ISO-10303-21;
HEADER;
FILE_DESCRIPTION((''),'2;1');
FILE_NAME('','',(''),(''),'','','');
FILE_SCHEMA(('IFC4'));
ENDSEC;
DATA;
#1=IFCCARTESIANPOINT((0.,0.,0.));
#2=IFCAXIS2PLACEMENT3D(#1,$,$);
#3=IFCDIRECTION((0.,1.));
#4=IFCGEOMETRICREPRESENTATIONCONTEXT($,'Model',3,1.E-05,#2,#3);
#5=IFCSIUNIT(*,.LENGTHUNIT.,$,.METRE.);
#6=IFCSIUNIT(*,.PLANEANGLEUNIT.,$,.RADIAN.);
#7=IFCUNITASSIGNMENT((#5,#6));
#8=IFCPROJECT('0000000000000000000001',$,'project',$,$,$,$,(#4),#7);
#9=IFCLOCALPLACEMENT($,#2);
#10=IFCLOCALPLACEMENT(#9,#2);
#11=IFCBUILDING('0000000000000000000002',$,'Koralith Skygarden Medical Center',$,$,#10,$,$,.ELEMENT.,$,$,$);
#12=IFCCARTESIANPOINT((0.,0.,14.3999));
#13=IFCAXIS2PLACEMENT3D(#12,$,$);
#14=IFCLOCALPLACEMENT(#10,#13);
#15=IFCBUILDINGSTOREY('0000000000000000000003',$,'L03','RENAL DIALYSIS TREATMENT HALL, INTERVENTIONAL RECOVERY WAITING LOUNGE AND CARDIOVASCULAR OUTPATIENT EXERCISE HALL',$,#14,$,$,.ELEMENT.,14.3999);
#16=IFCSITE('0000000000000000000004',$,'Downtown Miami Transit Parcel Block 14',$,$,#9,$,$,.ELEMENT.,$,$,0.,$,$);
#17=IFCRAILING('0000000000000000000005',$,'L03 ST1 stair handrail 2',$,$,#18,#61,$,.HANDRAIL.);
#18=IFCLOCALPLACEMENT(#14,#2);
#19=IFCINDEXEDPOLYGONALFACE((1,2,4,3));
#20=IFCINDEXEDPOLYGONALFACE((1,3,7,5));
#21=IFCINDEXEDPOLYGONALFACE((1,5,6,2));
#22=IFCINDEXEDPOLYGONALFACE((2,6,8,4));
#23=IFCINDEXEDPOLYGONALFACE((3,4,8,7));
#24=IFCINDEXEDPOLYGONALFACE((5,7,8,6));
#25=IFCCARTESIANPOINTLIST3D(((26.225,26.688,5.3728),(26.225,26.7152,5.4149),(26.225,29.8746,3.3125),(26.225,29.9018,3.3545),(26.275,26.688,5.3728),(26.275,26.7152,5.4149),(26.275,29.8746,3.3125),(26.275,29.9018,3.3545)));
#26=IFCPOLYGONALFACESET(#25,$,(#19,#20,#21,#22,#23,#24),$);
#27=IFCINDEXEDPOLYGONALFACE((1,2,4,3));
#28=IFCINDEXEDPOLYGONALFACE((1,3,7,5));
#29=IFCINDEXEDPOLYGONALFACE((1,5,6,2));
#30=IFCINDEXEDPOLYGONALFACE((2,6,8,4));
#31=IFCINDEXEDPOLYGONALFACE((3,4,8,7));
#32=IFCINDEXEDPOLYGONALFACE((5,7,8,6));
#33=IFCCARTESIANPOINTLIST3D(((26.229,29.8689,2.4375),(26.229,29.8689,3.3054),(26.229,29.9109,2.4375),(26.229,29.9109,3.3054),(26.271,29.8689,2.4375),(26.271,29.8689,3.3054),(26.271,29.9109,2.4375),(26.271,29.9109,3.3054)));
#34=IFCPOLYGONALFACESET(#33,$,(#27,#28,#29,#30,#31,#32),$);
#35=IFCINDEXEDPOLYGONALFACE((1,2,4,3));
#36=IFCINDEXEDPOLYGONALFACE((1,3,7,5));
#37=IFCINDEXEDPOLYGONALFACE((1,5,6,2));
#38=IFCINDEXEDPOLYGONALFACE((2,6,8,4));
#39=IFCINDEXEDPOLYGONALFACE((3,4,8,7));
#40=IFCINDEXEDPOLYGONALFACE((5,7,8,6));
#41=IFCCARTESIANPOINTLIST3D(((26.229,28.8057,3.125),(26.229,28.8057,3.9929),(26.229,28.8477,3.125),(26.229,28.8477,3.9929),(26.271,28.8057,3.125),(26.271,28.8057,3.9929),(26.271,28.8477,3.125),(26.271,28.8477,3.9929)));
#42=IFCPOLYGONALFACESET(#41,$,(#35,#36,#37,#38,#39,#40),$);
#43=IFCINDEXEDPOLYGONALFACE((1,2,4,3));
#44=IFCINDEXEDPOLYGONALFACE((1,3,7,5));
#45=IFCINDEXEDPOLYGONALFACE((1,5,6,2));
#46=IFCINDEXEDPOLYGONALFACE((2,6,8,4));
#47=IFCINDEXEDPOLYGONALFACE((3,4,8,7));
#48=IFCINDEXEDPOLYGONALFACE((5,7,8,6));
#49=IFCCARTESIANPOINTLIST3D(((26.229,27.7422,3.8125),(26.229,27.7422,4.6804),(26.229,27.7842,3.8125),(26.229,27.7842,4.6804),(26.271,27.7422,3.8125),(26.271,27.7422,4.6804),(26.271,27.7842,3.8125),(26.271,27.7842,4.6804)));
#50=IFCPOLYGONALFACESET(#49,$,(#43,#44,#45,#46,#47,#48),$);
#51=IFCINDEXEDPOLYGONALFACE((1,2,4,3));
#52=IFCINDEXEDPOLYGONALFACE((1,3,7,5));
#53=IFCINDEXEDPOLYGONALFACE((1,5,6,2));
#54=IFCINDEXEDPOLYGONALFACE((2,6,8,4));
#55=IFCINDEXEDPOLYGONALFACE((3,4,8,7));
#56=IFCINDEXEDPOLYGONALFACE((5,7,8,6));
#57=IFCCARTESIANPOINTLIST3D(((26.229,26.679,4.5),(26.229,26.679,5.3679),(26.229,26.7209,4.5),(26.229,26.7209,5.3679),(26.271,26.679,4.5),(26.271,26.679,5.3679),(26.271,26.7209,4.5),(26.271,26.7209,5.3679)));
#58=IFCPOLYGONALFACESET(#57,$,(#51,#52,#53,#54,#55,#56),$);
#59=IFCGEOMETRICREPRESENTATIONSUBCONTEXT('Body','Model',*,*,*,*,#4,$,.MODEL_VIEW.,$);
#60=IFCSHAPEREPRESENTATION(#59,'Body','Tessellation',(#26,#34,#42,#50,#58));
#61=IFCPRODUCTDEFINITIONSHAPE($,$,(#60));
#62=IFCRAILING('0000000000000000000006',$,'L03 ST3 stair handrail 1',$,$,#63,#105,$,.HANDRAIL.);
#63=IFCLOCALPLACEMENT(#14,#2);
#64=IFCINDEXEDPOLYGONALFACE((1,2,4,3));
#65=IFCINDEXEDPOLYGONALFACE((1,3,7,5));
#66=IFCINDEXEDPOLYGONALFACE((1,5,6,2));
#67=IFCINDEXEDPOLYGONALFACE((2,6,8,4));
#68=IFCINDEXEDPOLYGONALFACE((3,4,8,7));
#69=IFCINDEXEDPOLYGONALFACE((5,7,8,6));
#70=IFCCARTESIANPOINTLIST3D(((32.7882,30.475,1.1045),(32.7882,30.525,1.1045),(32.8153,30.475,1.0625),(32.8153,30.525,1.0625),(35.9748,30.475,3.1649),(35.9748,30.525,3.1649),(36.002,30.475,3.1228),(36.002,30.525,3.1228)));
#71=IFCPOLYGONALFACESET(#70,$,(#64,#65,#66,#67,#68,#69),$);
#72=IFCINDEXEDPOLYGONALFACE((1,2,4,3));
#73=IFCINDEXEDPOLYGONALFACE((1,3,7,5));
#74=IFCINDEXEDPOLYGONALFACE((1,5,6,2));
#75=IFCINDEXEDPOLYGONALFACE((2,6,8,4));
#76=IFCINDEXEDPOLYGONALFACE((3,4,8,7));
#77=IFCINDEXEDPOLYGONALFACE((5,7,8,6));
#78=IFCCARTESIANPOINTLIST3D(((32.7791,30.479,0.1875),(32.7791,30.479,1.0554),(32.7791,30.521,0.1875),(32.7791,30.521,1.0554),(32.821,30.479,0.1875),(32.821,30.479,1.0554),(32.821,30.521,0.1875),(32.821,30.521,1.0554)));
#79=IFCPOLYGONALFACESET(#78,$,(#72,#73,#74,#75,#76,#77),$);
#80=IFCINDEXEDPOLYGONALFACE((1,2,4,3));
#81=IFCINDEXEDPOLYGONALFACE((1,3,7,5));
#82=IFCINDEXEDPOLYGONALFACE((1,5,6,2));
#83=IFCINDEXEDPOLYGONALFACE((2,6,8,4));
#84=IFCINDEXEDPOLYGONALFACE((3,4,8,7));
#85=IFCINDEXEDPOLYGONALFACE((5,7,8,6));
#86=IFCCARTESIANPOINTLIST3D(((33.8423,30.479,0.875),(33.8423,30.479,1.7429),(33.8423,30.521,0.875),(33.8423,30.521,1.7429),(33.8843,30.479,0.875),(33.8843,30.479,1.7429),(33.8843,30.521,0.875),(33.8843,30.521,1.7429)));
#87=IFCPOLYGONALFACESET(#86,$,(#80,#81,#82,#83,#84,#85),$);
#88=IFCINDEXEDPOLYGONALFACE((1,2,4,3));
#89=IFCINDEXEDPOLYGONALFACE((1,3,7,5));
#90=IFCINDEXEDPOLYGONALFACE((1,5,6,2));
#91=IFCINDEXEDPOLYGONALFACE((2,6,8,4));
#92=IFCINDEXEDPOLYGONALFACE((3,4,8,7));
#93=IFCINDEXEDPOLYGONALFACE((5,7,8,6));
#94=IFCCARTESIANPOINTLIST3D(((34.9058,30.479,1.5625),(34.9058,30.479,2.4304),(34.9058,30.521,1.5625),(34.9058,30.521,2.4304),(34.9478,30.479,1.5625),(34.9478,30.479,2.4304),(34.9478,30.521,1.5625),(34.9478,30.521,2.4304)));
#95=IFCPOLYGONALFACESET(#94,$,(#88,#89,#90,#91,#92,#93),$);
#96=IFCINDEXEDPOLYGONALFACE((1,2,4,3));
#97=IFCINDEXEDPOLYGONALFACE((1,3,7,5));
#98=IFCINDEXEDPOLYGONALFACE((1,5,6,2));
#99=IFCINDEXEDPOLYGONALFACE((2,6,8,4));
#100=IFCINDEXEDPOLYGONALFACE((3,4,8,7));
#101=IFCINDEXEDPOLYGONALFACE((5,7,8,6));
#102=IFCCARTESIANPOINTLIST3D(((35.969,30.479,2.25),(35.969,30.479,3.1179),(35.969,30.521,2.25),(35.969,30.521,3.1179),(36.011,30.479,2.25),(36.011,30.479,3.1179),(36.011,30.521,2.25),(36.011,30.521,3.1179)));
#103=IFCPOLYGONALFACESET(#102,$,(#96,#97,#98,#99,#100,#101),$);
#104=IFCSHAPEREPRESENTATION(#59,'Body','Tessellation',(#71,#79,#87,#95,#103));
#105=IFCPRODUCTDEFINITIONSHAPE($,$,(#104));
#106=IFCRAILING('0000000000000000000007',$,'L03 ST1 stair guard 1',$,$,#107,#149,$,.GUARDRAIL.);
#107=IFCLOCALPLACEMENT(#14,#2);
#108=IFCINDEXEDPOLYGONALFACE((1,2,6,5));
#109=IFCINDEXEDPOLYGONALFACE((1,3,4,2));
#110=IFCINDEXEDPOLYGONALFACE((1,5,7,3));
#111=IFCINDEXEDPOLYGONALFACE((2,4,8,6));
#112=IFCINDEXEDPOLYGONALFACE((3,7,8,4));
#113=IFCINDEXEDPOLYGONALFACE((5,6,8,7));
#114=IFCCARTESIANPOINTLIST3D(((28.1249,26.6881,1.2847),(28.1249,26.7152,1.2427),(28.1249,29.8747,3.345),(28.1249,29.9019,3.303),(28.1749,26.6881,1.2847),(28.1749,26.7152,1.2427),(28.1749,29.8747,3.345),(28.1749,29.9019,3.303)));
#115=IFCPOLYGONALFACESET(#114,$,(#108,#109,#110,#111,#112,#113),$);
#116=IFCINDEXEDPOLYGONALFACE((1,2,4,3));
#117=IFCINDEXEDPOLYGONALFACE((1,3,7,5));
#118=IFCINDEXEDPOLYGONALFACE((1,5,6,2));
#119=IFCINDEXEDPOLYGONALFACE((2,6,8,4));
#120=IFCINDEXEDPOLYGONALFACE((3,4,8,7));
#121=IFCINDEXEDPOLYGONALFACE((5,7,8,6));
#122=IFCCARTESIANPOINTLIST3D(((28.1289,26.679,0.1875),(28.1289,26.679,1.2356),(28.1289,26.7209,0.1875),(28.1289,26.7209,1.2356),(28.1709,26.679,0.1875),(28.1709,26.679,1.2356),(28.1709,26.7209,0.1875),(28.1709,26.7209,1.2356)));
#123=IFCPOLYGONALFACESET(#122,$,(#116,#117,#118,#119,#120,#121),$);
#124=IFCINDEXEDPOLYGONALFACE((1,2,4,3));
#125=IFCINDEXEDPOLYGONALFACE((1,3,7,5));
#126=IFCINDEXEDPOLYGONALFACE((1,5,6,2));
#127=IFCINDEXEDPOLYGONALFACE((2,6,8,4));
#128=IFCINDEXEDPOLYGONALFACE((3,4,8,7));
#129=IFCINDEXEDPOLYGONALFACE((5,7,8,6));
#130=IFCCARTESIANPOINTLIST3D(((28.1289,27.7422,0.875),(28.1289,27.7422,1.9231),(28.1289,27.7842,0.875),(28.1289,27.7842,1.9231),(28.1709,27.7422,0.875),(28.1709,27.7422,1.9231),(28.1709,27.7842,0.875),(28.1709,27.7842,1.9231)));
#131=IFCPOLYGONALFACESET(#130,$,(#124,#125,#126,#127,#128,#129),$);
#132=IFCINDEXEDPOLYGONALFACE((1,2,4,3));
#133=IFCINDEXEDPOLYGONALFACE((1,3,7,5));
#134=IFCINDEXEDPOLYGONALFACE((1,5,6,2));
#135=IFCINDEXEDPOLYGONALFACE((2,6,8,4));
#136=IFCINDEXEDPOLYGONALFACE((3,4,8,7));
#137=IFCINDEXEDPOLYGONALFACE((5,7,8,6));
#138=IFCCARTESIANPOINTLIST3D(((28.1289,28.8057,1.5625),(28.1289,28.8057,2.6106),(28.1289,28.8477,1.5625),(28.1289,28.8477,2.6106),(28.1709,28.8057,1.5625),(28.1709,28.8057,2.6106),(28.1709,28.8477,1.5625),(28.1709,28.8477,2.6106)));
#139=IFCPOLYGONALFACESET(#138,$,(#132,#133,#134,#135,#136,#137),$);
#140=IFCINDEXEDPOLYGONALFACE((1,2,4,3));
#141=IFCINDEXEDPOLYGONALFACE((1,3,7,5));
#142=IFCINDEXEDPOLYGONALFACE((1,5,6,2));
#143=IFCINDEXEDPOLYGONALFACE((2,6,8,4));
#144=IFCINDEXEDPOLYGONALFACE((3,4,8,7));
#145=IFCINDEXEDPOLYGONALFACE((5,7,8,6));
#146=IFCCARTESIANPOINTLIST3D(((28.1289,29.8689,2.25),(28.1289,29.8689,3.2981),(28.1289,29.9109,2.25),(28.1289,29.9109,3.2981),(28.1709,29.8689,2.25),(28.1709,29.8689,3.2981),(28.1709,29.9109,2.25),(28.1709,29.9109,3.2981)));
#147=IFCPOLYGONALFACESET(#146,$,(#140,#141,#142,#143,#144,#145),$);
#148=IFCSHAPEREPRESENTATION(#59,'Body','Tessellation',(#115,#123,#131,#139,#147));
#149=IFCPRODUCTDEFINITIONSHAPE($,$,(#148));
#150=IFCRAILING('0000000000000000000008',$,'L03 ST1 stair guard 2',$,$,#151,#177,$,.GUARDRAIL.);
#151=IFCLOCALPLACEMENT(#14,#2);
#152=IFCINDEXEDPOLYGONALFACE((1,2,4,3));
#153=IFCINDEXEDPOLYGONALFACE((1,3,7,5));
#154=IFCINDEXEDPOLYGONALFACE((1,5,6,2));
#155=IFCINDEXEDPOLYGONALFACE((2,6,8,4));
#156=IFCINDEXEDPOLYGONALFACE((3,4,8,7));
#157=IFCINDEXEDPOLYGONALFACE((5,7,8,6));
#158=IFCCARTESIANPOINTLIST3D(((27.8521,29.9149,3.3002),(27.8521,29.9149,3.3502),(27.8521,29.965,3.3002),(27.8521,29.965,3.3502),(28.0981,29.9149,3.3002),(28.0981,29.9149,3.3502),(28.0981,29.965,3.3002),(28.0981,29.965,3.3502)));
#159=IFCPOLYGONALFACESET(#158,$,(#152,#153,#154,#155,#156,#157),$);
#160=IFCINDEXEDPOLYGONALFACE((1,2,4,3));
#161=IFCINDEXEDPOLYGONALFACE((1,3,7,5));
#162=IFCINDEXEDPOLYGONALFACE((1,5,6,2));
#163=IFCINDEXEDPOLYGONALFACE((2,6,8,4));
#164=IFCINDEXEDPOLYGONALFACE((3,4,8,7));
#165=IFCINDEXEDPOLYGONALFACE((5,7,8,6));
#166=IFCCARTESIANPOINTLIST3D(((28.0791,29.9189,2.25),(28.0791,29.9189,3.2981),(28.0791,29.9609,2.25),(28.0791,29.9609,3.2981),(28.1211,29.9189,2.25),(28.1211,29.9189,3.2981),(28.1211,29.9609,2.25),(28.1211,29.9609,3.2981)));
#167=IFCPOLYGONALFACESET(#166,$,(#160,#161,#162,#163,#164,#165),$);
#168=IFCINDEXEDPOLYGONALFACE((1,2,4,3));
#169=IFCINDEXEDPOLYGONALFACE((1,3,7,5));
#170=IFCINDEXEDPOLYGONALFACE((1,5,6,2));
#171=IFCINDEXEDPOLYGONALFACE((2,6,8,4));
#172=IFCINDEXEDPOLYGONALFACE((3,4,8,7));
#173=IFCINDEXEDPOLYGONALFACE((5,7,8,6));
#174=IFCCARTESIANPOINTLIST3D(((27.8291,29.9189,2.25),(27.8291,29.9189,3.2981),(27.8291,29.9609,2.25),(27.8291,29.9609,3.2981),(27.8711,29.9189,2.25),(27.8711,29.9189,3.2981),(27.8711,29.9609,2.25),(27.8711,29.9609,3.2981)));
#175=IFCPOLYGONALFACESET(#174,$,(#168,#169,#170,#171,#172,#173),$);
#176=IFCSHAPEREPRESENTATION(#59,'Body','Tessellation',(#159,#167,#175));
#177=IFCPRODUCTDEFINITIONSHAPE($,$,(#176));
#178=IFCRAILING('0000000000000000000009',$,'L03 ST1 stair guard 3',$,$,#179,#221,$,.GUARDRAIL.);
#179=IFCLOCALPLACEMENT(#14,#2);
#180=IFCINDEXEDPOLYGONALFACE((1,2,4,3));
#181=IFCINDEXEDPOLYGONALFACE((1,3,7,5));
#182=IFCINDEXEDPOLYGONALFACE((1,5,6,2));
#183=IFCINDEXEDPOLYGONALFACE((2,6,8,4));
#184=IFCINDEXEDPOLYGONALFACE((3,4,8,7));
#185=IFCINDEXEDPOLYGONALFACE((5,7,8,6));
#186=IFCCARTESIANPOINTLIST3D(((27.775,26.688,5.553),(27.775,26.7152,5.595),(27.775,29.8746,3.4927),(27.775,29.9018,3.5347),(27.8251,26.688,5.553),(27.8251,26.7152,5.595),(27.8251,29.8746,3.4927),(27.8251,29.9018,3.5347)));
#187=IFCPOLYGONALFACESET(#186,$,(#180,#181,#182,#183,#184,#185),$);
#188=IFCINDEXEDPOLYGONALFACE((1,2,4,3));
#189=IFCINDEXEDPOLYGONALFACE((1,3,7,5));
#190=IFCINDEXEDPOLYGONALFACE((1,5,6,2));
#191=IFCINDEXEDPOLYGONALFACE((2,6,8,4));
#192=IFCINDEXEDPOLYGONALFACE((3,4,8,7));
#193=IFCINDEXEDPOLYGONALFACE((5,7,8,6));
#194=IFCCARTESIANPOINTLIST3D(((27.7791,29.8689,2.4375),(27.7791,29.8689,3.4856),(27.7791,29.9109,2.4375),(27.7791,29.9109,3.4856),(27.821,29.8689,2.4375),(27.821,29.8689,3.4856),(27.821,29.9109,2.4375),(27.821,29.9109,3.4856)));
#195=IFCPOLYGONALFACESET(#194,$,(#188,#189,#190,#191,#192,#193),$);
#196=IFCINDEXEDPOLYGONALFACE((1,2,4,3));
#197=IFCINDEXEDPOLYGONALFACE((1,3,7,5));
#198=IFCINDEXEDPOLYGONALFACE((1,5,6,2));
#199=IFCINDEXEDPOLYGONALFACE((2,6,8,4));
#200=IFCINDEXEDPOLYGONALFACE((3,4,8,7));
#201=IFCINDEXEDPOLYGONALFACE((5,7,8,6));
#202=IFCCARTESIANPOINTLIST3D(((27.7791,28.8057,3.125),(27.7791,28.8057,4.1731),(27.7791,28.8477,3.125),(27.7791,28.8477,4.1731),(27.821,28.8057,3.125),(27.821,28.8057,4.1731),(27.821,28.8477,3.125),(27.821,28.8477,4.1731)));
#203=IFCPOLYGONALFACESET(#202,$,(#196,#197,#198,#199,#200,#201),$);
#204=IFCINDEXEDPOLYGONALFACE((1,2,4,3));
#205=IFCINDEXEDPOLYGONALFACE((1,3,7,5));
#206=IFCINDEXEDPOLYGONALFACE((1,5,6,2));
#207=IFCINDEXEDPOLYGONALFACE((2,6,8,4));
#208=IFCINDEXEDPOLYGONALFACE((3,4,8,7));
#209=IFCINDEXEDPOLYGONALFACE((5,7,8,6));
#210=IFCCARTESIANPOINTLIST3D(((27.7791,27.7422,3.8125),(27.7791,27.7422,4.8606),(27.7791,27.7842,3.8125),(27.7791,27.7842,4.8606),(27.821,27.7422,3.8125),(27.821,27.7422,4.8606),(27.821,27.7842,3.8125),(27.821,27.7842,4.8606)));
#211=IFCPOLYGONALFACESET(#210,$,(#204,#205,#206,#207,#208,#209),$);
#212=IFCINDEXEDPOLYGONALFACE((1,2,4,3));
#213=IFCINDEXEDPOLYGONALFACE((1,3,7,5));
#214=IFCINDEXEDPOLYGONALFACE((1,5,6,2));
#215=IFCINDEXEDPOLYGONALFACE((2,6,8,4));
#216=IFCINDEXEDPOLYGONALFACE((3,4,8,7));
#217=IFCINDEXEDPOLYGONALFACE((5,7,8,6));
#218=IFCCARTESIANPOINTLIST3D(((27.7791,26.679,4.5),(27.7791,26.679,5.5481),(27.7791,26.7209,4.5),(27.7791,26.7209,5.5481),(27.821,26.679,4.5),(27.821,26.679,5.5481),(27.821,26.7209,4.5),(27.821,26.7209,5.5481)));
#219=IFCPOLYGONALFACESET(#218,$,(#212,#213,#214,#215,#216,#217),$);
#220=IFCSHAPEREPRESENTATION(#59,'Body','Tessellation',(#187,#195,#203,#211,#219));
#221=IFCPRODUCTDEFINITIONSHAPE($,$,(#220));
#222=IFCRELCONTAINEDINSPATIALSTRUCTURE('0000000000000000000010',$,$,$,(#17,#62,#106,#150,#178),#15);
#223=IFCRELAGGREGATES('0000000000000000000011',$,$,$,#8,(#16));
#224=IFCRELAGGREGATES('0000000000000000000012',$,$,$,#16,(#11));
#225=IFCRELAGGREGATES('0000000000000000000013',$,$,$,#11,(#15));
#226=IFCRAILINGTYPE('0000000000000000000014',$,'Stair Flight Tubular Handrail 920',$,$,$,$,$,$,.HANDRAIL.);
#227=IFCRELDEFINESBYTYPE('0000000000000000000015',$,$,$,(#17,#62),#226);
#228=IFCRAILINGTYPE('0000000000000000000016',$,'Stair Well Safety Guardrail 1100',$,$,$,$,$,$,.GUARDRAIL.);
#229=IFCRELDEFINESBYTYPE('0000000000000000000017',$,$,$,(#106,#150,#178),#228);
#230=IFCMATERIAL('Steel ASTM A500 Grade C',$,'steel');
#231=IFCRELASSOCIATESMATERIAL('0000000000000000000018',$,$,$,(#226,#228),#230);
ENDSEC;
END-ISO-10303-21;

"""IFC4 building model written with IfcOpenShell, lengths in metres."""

from ifc_helpers import new_model, si_unit, direction, frame, origin, origin_2d, place, context, subcontext, project, spatial, rectangle, extrude, material, type_object, element, save


model = new_model("IFC4")

# Units and contexts
model_context = context("Model", 3, precision=1e-05, world=origin(), true_north=direction((0.0, 1.0)))
body_context = subcontext(model_context, "Body", "Model", "MODEL_VIEW")
ifc_project = project(units=[si_unit("LENGTHUNIT", "METRE"), si_unit("PLANEANGLEUNIT", "RADIAN")], contexts=[model_context])

# Site, building, storey
site_placement = place(None, origin())
site = spatial("IfcSite", under=ifc_project, at=site_placement, Name="Downtown Miami Transit Parcel Block 14", CompositionType="ELEMENT", RefElevation=0.0)
building_placement = place(site_placement, origin())
building = spatial("IfcBuilding", under=site, at=building_placement, Name="Koralith Skygarden Medical Center", CompositionType="ELEMENT")
storey_placement = place(building_placement, frame((0.0, 0.0, 14.3999)))
storey = spatial("IfcBuildingStorey", under=building, at=storey_placement, Name="L03", Description="RENAL DIALYSIS TREATMENT HALL, INTERVENTIONAL RECOVERY WAITING LOUNGE AND CARDIOVASCULAR OUTPATIENT EXERCISE HALL", CompositionType="ELEMENT", Elevation=14.3999)

# Railings
ifc_material_1 = material(Name="Steel ASTM A500 Grade C", Category="steel")
railing_type_1 = type_object("IfcRailingType", Name="Stair Flight Tubular Handrail 920", PredefinedType="HANDRAIL", material=ifc_material_1)
railing_1_placement = place(storey_placement, frame((26.25, 29.8899, 2.4375)))
element("IfcRailing", 1, at=railing_1_placement, inside=storey, type_object=railing_type_1, Name="L03 ST1 stair handrail 2", PredefinedType="HANDRAIL", context=body_context, shape_type="SweptSolid", body=[
    extrude(rectangle(XDim=0.05, YDim=0.05, at=origin_2d()), frame((0.0, -0.0017, 0.896), z_axis=(0.0, -0.83976, 0.542958), x_axis=(1.0, 0.0, 0.0)), (0.0, 0.0, 1.0), 3.7947),
    extrude(rectangle(XDim=0.042, YDim=0.042, at=origin_2d()), origin(), (0.0, 0.0, 1.0), 0.8679),
    extrude(rectangle(XDim=0.042, YDim=0.042, at=origin_2d()), frame((0.0, -1.0632, 0.6875)), (0.0, 0.0, 1.0), 0.8679),
    extrude(rectangle(XDim=0.042, YDim=0.042, at=origin_2d()), frame((0.0, -2.1267, 1.375)), (0.0, 0.0, 1.0), 0.8679),
    extrude(rectangle(XDim=0.042, YDim=0.042, at=origin_2d()), frame((0.0, -3.1899, 2.0625)), (0.0, 0.0, 1.0), 0.8679),
])
railing_2_placement = place(storey_placement, frame((32.8, 30.5, 0.1875)))
element("IfcRailing", 2, at=railing_2_placement, inside=storey, type_object=railing_type_1, Name="L03 ST3 stair handrail 1", PredefinedType="HANDRAIL", context=body_context, shape_type="SweptSolid", body=[
    extrude(rectangle(XDim=0.05, YDim=0.05, at=origin_2d()), frame((0.0017, 0.0, 0.896), z_axis=(0.83976, 0.0, 0.542958), x_axis=(0.0, 1.0, 0.0)), (0.0, 0.0, 1.0), 3.7947),
    extrude(rectangle(XDim=0.042, YDim=0.042, at=origin_2d()), origin(), (0.0, 0.0, 1.0), 0.8679),
    extrude(rectangle(XDim=0.042, YDim=0.042, at=origin_2d()), frame((1.0632, 0.0, 0.6875)), (0.0, 0.0, 1.0), 0.8679),
    extrude(rectangle(XDim=0.042, YDim=0.042, at=origin_2d()), frame((2.1267, 0.0, 1.375)), (0.0, 0.0, 1.0), 0.8679),
    extrude(rectangle(XDim=0.042, YDim=0.042, at=origin_2d()), frame((3.1899, 0.0, 2.0625)), (0.0, 0.0, 1.0), 0.8679),
])
railing_type_2 = type_object("IfcRailingType", Name="Stair Well Safety Guardrail 1100", PredefinedType="GUARDRAIL", material=ifc_material_1)
railing_3_placement = place(storey_placement, frame((28.1499, 26.7, 0.1875)))
element("IfcRailing", 3, at=railing_3_placement, inside=storey, type_object=railing_type_2, Name="L03 ST1 stair guard 1", PredefinedType="GUARDRAIL", context=body_context, shape_type="SweptSolid", body=[
    extrude(rectangle(XDim=0.05, YDim=0.05, at=origin_2d()), frame((0.0, 0.0017, 1.0762), z_axis=(0.0, 0.83976, 0.542958), x_axis=(-1.0, 0.0, 0.0)), (0.0, 0.0, 1.0), 3.7947),
    extrude(rectangle(XDim=0.042, YDim=0.042, at=origin_2d()), origin(), (0.0, 0.0, 1.0), 1.0481),
    extrude(rectangle(XDim=0.042, YDim=0.042, at=origin_2d()), frame((0.0, 1.0632, 0.6875)), (0.0, 0.0, 1.0), 1.0481),
    extrude(rectangle(XDim=0.042, YDim=0.042, at=origin_2d()), frame((0.0, 2.1267, 1.375)), (0.0, 0.0, 1.0), 1.0481),
    extrude(rectangle(XDim=0.042, YDim=0.042, at=origin_2d()), frame((0.0, 3.1899, 2.0625)), (0.0, 0.0, 1.0), 1.0481),
])
railing_4_placement = place(storey_placement, frame((28.1001, 29.9399, 2.25)))
element("IfcRailing", 4, at=railing_4_placement, inside=storey, type_object=railing_type_2, Name="L03 ST1 stair guard 2", PredefinedType="GUARDRAIL", context=body_context, shape_type="SweptSolid", body=[
    extrude(rectangle(XDim=0.05, YDim=0.05, at=origin_2d()), frame((-0.002, 0.0, 1.0752), z_axis=(-1.0, 0.0, 0.0), x_axis=(0.0, -1.0, 0.0)), (0.0, 0.0, 1.0), 0.2461),
    extrude(rectangle(XDim=0.042, YDim=0.042, at=origin_2d()), origin(), (0.0, 0.0, 1.0), 1.0481),
    extrude(rectangle(XDim=0.042, YDim=0.042, at=origin_2d()), frame((-0.25, 0.0, 0.0)), (0.0, 0.0, 1.0), 1.0481),
])
railing_5_placement = place(storey_placement, frame((27.8, 29.8899, 2.4375)))
element("IfcRailing", 5, at=railing_5_placement, inside=storey, type_object=railing_type_2, Name="L03 ST1 stair guard 3", PredefinedType="GUARDRAIL", context=body_context, shape_type="SweptSolid", body=[
    extrude(rectangle(XDim=0.05, YDim=0.05, at=origin_2d()), frame((0.0, -0.0017, 1.0762), z_axis=(0.0, -0.83976, 0.542958), x_axis=(1.0, 0.0, 0.0)), (0.0, 0.0, 1.0), 3.7947),
    extrude(rectangle(XDim=0.042, YDim=0.042, at=origin_2d()), origin(), (0.0, 0.0, 1.0), 1.0481),
    extrude(rectangle(XDim=0.042, YDim=0.042, at=origin_2d()), frame((0.0, -1.0632, 0.6875)), (0.0, 0.0, 1.0), 1.0481),
    extrude(rectangle(XDim=0.042, YDim=0.042, at=origin_2d()), frame((0.0, -2.1267, 1.375)), (0.0, 0.0, 1.0), 1.0481),
    extrude(rectangle(XDim=0.042, YDim=0.042, at=origin_2d()), frame((0.0, -3.1899, 2.0625)), (0.0, 0.0, 1.0), 1.0481),
])

save(model, "model.ifc")
